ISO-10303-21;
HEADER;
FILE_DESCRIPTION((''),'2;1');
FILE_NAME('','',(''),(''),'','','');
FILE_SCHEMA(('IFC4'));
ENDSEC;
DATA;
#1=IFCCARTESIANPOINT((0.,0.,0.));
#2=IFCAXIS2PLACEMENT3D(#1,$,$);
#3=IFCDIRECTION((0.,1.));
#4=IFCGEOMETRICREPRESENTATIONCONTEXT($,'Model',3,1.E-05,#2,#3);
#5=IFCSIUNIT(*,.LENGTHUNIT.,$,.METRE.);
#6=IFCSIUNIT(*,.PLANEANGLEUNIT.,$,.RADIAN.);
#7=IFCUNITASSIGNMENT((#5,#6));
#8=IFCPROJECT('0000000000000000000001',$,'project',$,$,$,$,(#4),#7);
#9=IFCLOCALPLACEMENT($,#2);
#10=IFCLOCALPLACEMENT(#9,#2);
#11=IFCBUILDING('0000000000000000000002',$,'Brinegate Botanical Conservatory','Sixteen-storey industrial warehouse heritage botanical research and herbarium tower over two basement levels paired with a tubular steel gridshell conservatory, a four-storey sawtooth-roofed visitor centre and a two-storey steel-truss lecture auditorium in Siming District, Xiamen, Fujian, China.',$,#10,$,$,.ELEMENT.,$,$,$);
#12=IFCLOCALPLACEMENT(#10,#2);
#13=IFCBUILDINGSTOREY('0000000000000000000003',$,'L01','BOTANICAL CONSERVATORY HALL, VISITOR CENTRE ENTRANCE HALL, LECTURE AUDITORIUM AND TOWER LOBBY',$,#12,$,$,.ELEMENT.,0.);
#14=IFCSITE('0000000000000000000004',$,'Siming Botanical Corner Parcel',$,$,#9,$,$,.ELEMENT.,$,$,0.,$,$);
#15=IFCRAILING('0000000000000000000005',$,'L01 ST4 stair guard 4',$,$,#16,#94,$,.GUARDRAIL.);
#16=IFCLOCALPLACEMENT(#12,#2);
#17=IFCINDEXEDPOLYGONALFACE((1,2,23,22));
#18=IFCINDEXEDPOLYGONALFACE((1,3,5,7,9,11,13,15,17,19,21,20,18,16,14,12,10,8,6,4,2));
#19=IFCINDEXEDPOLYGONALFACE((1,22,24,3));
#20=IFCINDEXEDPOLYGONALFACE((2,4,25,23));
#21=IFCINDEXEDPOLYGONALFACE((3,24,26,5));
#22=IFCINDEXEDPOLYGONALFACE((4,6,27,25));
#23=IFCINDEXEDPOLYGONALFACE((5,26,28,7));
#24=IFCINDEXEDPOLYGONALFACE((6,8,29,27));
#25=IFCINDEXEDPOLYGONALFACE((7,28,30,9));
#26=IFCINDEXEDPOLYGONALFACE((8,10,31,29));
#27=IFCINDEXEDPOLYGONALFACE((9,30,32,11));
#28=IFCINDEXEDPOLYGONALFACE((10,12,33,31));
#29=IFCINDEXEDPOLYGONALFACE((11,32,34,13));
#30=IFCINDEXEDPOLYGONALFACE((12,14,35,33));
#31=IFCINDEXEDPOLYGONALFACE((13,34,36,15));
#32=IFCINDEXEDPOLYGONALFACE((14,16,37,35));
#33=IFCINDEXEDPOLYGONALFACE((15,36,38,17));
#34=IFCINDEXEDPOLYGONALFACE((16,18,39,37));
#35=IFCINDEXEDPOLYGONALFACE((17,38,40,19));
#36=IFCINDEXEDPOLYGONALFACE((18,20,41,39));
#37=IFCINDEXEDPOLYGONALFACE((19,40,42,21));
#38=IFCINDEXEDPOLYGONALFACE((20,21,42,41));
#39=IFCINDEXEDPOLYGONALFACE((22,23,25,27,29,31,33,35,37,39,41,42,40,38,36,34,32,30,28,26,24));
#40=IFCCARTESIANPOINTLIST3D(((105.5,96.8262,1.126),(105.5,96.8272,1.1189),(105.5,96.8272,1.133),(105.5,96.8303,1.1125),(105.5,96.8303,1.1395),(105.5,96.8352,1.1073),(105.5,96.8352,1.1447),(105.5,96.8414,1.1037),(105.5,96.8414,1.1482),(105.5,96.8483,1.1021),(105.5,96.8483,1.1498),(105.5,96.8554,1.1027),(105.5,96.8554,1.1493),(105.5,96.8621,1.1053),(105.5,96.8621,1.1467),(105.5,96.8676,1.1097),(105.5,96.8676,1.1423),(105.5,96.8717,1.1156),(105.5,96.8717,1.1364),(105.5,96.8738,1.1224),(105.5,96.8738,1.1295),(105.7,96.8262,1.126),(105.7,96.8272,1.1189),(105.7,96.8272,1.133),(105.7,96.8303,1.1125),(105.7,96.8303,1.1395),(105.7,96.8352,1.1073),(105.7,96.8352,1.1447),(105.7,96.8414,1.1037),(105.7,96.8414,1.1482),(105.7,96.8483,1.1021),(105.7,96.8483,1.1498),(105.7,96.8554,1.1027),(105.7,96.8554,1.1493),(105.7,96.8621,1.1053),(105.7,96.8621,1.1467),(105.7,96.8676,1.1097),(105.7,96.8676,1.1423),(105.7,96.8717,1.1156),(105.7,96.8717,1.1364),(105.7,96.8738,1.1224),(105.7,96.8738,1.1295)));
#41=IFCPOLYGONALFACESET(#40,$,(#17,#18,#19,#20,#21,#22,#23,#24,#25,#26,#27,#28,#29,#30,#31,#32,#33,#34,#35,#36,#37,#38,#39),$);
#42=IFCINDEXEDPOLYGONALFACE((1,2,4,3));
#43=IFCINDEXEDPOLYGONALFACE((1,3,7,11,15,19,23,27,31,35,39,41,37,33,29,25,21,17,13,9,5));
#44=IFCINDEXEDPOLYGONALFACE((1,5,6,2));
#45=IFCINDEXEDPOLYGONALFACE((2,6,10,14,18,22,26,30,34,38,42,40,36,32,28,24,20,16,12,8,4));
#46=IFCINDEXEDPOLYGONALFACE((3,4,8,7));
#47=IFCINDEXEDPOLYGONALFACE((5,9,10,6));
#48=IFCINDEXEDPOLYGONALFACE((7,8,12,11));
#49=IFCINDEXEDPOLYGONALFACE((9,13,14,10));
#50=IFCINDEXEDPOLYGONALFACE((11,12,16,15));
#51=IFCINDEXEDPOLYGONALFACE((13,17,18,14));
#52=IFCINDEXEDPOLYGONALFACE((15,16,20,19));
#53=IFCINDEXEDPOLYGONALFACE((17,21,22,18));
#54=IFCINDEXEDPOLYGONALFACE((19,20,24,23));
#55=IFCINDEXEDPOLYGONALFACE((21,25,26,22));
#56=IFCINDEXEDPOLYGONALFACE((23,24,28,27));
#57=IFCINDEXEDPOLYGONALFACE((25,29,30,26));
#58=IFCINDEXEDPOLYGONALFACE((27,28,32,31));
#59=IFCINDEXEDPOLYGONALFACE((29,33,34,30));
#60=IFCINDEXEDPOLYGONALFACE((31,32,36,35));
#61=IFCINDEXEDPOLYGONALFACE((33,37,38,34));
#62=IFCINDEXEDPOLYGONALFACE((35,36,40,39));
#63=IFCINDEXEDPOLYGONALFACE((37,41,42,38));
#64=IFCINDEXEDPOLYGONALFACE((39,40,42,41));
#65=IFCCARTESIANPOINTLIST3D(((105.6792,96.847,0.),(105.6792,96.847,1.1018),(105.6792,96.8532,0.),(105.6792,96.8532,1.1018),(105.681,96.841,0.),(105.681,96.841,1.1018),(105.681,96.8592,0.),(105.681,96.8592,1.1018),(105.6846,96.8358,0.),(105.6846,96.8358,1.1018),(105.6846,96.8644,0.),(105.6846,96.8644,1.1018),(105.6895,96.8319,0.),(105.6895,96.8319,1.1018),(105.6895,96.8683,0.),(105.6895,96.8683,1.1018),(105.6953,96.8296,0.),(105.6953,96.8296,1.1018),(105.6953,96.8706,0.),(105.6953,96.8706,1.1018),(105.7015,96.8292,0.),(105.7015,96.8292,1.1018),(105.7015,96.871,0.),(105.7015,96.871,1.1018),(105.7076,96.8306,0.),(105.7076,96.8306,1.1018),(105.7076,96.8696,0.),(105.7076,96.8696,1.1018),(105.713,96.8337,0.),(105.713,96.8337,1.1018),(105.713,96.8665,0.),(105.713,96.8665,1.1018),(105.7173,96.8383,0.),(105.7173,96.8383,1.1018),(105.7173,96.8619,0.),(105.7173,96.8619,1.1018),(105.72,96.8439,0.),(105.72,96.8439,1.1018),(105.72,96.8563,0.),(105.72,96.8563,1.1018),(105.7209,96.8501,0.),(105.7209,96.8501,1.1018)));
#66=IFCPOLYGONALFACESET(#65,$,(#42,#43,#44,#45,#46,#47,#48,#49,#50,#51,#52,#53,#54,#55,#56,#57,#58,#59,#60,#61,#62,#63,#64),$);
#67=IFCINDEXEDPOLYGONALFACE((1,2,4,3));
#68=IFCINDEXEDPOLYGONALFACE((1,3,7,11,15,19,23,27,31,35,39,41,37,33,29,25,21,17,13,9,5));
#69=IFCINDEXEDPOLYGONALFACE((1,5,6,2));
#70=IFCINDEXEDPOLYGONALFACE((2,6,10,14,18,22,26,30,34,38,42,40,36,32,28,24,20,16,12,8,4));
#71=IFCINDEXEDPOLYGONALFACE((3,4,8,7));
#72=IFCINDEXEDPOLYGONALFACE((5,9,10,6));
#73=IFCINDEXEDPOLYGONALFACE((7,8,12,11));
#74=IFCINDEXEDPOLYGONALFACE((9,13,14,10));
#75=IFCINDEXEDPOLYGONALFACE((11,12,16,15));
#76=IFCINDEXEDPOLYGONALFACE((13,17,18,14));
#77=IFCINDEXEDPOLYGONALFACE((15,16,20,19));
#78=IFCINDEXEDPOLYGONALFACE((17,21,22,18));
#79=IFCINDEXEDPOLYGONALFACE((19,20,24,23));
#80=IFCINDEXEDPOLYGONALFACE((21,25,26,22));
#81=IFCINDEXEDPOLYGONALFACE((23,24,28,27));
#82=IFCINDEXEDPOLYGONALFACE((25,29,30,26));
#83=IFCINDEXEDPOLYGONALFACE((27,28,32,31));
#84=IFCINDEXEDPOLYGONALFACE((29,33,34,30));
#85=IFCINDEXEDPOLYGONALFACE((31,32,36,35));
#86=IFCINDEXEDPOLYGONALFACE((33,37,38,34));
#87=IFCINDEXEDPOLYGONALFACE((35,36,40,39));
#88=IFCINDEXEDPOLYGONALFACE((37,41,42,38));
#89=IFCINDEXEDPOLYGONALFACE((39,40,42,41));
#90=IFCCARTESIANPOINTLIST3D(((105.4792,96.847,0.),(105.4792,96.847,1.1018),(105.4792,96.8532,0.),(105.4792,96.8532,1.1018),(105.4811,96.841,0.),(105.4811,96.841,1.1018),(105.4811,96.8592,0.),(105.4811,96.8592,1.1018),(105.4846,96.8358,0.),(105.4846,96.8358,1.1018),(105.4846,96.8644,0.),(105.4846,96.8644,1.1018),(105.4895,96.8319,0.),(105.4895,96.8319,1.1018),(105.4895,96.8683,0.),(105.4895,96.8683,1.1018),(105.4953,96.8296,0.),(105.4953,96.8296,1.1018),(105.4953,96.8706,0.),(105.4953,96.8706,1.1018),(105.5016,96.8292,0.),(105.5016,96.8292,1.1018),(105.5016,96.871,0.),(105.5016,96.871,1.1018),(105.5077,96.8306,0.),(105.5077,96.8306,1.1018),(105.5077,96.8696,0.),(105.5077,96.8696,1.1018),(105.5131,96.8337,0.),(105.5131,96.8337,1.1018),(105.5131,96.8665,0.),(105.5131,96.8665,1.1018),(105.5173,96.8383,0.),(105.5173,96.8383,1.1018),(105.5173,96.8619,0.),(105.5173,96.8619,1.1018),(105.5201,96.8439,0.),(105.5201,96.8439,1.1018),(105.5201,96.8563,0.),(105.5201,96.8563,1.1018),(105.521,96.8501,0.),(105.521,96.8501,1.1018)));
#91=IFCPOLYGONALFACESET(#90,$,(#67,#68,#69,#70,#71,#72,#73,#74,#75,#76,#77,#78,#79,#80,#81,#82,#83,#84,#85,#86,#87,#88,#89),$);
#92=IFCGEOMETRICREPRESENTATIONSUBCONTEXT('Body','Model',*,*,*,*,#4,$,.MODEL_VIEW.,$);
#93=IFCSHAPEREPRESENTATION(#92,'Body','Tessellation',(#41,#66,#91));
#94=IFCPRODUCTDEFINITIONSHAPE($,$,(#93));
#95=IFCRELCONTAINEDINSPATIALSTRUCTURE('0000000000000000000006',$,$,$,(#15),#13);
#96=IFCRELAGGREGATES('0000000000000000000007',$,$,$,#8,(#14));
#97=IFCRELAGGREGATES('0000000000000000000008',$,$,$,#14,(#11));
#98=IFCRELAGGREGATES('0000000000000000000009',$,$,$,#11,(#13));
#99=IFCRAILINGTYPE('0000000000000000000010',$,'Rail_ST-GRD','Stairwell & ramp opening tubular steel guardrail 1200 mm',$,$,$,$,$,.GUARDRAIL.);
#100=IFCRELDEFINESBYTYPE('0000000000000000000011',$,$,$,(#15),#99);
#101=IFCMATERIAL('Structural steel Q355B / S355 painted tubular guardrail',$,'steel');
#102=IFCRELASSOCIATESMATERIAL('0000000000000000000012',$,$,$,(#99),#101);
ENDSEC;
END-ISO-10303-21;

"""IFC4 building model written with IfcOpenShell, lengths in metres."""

from ifc_helpers import new_model, si_unit, direction, frame, origin, origin_2d, place, context, subcontext, project, spatial, circle, extrude, material, type_object, element, save


model = new_model("IFC4")

# Units and contexts
model_context = context("Model", 3, precision=1e-05, world=origin(), true_north=direction((0.0, 1.0)))
body_context = subcontext(model_context, "Body", "Model", "MODEL_VIEW")
ifc_project = project(units=[si_unit("LENGTHUNIT", "METRE"), si_unit("PLANEANGLEUNIT", "RADIAN")], contexts=[model_context])

# Site, building, storey
site_placement = place(None, origin())
site = spatial("IfcSite", under=ifc_project, at=site_placement, Name="Siming Botanical Corner Parcel", CompositionType="ELEMENT", RefElevation=0.0)
building_placement = place(site_placement, origin())
building = spatial("IfcBuilding", under=site, at=building_placement, Name="Brinegate Botanical Conservatory", Description="Sixteen-storey industrial warehouse heritage botanical research and herbarium tower over two basement levels paired with a tubular steel gridshell conservatory, a four-storey sawtooth-roofed visitor centre and a two-storey steel-truss lecture auditorium in Siming District, Xiamen, Fujian, China.", CompositionType="ELEMENT")
storey_placement = place(building_placement, origin())
storey = spatial("IfcBuildingStorey", under=building, at=storey_placement, Name="L01", Description="BOTANICAL CONSERVATORY HALL, VISITOR CENTRE ENTRANCE HALL, LECTURE AUDITORIUM AND TOWER LOBBY", CompositionType="ELEMENT", Elevation=0.0)

# Railing
ifc_material_1 = material(Name="Structural steel Q355B / S355 painted tubular guardrail", Category="steel")
railing_type = type_object("IfcRailingType", Name="Rail_ST-GRD", Description="Stairwell & ramp opening tubular steel guardrail 1200 mm", PredefinedType="GUARDRAIL", material=ifc_material_1)
railing_placement = place(storey_placement, frame((105.7, 96.8501, 0.0)))
element("IfcRailing", 1, at=railing_placement, inside=storey, type_object=railing_type, Name="L01 ST4 stair guard 4", PredefinedType="GUARDRAIL", context=body_context, shape_type="SweptSolid", body=[
    extrude(circle(Radius=0.0239, at=origin_2d()), frame((0.0, 0.0, 1.126), z_axis=(-1.0, 0.0, 0.0), x_axis=(0.0, -1.0, 0.0)), (0.0, 0.0, 1.0), 0.2),
    extrude(circle(Radius=0.021, at=origin_2d()), origin(), (0.0, 0.0, 1.0), 1.1018),
    extrude(circle(Radius=0.021, at=origin_2d()), frame((-0.2, 0.0, 0.0)), (0.0, 0.0, 1.0), 1.1018),
])

save(model, "model.ifc")
